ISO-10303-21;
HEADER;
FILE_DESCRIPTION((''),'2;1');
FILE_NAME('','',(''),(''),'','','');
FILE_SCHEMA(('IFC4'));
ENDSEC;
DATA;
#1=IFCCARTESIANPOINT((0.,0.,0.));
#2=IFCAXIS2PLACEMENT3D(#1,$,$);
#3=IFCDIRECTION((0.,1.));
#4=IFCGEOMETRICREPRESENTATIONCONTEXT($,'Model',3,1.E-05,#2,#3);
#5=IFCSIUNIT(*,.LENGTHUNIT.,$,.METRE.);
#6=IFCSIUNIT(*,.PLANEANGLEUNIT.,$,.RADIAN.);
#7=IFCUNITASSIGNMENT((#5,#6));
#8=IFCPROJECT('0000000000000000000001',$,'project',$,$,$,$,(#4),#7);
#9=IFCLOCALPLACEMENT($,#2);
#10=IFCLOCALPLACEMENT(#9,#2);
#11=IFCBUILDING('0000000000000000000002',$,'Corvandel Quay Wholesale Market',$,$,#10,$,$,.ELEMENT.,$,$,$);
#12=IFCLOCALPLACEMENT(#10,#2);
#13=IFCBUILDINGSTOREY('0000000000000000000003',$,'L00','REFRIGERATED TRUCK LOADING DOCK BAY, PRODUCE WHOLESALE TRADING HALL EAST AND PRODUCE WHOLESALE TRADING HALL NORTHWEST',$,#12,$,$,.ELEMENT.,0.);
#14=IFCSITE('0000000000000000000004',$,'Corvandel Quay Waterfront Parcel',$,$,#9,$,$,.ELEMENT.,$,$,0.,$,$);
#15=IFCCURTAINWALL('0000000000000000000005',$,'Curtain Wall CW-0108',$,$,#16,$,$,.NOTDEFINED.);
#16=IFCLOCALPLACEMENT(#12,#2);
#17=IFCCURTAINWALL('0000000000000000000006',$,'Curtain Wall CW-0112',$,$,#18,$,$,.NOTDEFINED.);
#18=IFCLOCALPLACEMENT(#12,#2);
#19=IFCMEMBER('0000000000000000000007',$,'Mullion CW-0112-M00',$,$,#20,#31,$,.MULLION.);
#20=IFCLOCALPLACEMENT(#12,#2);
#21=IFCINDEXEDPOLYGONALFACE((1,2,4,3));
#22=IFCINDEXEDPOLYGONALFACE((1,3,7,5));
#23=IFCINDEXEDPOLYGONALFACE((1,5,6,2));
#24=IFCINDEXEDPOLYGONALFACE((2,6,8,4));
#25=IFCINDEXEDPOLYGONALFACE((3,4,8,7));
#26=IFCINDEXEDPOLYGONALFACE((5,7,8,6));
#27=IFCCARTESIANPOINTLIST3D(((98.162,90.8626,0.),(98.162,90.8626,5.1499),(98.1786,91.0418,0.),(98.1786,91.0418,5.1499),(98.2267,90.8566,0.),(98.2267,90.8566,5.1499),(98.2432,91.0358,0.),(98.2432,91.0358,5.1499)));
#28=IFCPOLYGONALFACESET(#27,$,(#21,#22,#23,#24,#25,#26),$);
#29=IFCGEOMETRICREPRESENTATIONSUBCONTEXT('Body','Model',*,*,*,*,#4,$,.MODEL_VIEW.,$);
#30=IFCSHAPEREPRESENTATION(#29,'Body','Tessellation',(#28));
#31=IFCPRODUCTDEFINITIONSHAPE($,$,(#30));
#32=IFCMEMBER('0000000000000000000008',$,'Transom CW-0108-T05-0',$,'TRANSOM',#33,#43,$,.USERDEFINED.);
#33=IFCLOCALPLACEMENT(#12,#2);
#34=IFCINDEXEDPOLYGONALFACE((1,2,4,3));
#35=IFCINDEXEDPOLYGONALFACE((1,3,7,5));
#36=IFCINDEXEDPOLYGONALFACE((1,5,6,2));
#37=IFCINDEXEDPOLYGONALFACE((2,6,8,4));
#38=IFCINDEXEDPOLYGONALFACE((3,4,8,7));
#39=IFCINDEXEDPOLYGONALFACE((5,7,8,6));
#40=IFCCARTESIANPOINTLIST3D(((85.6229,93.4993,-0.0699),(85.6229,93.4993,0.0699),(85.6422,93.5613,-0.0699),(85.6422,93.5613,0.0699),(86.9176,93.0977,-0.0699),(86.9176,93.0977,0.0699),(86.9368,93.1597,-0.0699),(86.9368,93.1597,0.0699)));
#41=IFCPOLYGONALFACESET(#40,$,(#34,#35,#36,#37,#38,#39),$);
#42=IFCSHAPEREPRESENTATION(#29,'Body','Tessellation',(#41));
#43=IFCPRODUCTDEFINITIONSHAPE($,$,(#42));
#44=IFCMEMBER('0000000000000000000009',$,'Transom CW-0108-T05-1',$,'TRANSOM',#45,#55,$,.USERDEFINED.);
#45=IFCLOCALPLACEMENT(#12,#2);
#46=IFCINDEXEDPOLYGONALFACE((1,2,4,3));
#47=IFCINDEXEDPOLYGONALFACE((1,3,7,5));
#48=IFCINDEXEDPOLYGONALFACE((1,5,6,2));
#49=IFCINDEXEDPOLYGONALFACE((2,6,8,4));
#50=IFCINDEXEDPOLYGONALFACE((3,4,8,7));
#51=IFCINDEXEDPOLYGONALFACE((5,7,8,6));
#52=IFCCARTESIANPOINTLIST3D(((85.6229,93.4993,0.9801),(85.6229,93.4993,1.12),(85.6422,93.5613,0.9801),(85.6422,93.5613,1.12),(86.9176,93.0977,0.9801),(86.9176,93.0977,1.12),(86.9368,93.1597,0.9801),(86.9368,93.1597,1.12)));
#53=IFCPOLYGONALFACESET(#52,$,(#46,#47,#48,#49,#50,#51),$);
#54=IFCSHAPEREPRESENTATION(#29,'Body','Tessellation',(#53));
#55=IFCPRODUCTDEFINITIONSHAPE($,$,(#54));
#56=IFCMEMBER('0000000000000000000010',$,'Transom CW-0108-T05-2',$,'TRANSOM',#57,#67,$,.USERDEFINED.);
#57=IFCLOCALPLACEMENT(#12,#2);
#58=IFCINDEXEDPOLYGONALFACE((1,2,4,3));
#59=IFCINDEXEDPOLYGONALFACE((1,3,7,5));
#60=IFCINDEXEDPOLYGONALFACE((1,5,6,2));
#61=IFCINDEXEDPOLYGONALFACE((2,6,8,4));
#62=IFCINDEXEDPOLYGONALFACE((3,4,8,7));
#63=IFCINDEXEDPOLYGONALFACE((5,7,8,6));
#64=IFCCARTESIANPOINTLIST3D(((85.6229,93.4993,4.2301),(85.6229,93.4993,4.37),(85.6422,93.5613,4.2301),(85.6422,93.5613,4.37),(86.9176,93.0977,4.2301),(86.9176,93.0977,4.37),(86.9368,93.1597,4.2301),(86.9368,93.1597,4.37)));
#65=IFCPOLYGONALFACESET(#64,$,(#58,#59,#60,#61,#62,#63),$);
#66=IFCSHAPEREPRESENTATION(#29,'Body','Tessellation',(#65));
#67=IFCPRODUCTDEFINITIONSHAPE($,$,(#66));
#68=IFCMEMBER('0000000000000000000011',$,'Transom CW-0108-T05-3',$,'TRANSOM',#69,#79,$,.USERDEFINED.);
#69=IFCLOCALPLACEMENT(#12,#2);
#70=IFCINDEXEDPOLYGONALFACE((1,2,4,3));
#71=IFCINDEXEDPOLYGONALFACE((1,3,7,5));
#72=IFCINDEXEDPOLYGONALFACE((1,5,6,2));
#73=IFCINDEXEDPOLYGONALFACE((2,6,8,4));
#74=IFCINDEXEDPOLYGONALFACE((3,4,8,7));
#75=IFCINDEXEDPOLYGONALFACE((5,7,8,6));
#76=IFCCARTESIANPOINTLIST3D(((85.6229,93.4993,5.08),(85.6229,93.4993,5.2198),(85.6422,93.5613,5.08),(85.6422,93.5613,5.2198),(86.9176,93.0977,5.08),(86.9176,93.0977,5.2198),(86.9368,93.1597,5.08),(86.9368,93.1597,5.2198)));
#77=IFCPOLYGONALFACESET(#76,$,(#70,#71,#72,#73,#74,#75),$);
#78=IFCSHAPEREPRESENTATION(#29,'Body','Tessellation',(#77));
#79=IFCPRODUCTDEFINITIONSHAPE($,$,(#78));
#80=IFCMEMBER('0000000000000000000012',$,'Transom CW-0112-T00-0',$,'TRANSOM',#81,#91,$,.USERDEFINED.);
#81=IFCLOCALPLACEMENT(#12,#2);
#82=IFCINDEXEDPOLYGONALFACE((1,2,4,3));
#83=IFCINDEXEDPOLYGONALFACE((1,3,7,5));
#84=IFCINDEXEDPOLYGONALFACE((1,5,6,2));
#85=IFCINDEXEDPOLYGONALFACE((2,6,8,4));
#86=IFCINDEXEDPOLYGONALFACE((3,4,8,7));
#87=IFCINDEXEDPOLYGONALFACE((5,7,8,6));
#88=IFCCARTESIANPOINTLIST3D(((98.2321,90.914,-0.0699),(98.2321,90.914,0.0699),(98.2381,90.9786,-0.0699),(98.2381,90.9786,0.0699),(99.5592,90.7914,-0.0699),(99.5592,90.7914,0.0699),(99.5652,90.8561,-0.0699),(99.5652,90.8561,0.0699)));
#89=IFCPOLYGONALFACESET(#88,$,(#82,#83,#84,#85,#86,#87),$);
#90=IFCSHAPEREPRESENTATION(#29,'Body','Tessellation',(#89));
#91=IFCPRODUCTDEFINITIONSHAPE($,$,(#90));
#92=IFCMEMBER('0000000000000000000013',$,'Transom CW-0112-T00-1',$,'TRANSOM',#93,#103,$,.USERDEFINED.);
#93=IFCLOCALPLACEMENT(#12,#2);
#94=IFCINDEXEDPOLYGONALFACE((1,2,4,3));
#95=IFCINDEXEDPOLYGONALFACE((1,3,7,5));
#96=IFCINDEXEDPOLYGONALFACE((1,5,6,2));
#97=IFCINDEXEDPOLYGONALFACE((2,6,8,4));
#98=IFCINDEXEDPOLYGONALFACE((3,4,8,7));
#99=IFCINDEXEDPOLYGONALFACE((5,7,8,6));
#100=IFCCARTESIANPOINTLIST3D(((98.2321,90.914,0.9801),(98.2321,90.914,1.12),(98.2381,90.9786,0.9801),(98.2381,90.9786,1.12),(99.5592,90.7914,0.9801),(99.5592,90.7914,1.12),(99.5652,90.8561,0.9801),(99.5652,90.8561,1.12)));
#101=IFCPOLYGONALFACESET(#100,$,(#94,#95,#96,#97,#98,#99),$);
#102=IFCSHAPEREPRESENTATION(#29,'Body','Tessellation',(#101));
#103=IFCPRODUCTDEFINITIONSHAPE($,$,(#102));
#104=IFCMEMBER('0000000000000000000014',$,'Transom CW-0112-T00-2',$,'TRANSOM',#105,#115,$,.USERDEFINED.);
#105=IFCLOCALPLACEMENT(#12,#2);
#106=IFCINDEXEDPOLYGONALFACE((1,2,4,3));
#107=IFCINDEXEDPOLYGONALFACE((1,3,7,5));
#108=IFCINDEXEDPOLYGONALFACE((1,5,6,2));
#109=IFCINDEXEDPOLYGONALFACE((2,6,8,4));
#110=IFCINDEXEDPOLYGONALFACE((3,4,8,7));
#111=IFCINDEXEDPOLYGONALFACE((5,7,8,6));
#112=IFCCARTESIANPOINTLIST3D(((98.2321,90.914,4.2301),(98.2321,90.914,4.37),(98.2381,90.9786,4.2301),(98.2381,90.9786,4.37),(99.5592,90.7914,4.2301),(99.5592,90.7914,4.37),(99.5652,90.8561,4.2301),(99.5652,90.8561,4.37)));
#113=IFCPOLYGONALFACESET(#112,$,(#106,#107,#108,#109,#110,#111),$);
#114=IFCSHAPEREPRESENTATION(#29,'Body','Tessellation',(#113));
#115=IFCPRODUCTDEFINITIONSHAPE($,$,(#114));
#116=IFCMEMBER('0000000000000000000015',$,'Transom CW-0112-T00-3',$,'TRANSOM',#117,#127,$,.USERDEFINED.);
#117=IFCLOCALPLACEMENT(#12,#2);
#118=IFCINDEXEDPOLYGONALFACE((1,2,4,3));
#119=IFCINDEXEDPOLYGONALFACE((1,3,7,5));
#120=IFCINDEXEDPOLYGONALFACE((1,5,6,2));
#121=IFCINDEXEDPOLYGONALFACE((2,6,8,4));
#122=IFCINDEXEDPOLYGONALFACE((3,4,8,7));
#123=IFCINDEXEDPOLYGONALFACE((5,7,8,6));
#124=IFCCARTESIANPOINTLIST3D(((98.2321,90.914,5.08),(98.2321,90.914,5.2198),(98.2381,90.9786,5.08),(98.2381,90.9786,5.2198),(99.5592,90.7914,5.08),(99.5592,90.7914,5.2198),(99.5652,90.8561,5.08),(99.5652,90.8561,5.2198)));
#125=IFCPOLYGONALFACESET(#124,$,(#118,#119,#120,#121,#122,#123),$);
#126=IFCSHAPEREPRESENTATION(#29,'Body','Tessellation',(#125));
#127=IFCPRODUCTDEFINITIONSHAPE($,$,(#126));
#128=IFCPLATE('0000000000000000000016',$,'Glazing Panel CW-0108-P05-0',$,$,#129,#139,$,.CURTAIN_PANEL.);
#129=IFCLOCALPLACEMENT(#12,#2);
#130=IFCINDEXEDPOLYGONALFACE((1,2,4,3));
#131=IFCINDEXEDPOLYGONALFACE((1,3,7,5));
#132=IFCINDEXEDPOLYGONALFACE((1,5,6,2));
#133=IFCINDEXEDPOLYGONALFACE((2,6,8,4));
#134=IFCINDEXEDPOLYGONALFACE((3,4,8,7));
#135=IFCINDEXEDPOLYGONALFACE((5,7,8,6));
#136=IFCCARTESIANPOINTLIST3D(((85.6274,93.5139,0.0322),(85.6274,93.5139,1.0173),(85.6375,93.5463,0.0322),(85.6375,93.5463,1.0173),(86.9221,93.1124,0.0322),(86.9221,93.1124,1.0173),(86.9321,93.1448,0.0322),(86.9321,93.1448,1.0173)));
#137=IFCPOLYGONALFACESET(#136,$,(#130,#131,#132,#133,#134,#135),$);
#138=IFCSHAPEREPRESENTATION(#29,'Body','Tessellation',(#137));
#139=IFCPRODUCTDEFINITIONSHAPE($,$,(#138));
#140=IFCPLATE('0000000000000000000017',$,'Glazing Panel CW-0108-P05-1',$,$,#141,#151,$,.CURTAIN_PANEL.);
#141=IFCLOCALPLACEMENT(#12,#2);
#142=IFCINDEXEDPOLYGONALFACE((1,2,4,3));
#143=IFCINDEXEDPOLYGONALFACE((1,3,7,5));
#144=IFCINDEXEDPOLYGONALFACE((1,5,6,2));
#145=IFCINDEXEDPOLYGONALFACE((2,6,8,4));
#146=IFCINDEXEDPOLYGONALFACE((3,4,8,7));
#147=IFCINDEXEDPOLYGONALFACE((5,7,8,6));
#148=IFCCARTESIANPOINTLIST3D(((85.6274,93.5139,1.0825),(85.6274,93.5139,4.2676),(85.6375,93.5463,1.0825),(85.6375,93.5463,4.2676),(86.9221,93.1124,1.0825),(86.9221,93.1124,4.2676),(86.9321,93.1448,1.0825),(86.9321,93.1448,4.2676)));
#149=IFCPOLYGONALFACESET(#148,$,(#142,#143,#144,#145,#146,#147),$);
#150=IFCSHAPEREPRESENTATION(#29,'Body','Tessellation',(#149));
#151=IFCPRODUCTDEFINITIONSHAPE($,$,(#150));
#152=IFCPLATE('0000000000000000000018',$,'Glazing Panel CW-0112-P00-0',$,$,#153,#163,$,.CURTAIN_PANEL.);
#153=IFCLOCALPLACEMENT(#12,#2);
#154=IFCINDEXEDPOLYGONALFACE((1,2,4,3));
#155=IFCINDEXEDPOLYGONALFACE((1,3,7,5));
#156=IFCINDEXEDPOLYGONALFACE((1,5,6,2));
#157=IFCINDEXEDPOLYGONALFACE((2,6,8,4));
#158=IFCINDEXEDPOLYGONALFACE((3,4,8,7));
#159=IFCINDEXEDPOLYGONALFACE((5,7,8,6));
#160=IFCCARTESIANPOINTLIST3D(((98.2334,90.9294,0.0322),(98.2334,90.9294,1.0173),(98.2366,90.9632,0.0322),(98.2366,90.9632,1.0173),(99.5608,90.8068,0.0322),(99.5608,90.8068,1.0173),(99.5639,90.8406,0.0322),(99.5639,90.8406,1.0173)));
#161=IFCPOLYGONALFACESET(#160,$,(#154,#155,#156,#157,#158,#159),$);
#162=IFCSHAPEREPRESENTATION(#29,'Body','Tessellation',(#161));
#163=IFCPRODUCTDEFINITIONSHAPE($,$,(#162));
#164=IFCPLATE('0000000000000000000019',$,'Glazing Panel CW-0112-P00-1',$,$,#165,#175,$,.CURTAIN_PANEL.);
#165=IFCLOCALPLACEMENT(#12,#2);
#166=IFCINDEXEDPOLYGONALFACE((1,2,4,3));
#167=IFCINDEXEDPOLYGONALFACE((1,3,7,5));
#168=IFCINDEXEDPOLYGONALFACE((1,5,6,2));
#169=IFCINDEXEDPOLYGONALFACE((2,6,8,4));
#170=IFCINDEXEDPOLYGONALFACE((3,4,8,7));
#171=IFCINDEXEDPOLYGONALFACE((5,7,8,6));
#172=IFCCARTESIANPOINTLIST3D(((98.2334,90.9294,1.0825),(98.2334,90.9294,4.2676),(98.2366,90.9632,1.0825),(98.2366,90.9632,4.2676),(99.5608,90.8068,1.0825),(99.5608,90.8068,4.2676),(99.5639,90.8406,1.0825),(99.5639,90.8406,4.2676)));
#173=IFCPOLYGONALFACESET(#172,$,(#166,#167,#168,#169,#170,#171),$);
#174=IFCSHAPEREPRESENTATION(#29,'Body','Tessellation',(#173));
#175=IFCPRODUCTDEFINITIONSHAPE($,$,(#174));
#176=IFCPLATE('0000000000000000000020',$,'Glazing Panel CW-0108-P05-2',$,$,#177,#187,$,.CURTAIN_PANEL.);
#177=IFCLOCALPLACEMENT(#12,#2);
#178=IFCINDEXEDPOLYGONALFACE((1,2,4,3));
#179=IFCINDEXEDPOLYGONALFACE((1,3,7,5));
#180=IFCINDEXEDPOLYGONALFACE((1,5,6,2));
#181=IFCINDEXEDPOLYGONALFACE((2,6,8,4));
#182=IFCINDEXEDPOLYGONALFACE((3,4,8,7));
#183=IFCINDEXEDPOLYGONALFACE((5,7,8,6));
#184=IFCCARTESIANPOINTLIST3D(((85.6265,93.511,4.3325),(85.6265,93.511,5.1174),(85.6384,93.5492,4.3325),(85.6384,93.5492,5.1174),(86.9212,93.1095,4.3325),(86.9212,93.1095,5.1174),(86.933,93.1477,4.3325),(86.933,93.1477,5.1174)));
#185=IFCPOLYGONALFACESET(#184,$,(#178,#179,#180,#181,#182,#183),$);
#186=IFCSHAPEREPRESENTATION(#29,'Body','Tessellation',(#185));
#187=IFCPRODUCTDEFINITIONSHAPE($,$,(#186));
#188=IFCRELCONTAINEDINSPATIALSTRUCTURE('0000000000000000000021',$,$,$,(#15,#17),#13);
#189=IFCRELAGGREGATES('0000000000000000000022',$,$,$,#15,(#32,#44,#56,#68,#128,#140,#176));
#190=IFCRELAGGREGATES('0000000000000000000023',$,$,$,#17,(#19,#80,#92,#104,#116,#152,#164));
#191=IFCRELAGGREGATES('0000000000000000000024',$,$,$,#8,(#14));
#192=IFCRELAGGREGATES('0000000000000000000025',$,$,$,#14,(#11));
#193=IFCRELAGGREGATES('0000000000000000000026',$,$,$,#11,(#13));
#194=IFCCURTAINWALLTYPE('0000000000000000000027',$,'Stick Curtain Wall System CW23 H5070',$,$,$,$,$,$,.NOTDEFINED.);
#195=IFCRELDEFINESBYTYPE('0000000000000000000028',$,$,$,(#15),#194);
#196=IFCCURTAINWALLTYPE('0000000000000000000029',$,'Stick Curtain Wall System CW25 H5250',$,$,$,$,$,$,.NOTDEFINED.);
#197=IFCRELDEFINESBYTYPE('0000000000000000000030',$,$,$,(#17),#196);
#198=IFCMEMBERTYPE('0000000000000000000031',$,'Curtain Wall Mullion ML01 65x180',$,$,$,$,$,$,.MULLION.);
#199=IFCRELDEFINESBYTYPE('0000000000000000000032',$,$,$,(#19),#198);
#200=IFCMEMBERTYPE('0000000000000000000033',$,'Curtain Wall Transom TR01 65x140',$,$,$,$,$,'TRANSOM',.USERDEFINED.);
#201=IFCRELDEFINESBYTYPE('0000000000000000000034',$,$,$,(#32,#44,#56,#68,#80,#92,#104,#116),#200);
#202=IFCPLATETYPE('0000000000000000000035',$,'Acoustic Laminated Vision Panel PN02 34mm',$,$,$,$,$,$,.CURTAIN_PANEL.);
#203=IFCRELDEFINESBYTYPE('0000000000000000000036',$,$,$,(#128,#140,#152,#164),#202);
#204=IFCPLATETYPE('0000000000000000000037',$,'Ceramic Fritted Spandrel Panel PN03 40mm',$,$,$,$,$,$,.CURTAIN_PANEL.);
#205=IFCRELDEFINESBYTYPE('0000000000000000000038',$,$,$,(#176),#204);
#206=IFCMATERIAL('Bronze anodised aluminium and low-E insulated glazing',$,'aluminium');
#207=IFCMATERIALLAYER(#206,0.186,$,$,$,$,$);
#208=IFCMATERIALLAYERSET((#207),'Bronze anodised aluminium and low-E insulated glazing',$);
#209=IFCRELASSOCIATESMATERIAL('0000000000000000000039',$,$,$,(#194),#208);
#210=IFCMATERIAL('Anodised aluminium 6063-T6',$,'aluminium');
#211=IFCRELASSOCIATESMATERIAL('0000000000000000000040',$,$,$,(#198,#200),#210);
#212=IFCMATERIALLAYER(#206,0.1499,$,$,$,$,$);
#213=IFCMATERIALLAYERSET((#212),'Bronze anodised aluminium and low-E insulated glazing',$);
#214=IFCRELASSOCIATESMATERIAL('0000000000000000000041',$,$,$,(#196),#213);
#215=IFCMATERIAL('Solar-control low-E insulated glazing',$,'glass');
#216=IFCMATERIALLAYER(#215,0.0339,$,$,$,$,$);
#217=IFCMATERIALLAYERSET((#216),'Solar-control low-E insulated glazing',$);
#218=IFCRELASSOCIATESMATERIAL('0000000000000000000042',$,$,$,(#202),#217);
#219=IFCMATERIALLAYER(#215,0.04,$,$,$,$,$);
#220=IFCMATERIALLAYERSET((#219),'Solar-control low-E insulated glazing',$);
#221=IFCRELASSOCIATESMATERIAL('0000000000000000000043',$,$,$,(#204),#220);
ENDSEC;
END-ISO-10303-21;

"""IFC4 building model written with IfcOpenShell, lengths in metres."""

from ifc_helpers import new_model, si_unit, direction, frame, origin, origin_2d, place, context, subcontext, project, spatial, rectangle, extrude, material, layer, layer_set, material_profile, profile_set, type_object, element, aggregate, save


model = new_model("IFC4")

# Units and contexts
model_context = context("Model", 3, precision=1e-05, world=origin(), true_north=direction((0.0, 1.0)))
body_context = subcontext(model_context, "Body", "Model", "MODEL_VIEW")
ifc_project = project(units=[si_unit("LENGTHUNIT", "METRE"), si_unit("PLANEANGLEUNIT", "RADIAN")], contexts=[model_context])

# Site, building, storey
site_placement = place(None, origin())
site = spatial("IfcSite", under=ifc_project, at=site_placement, Name="Corvandel Quay Waterfront Parcel", CompositionType="ELEMENT", RefElevation=0.0)
building_placement = place(site_placement, origin())
building = spatial("IfcBuilding", under=site, at=building_placement, Name="Corvandel Quay Wholesale Market", CompositionType="ELEMENT")
storey_placement = place(building_placement, origin())
storey = spatial("IfcBuildingStorey", under=building, at=storey_placement, Name="L00", Description="REFRIGERATED TRUCK LOADING DOCK BAY, PRODUCE WHOLESALE TRADING HALL EAST AND PRODUCE WHOLESALE TRADING HALL NORTHWEST", CompositionType="ELEMENT", Elevation=0.0)

# Curtain wall
ifc_material_1 = material(Name="Bronze anodised aluminium and low-E insulated glazing", Category="aluminium")
ifc_layer_1 = layer(ifc_material_1, 0.186)
ifc_layer_set_1 = layer_set([ifc_layer_1], Name="Bronze anodised aluminium and low-E insulated glazing")
curtain_wall_type_1 = type_object("IfcCurtainWallType", Name="Stick Curtain Wall System CW23 H5070", PredefinedType="NOTDEFINED", material=ifc_layer_set_1)
curtain_wall_1_placement = place(storey_placement, origin())
curtain_wall_1 = element("IfcCurtainWall", 1, at=curtain_wall_1_placement, inside=storey, type_object=curtain_wall_type_1, Name="Curtain Wall CW-0108", PredefinedType="NOTDEFINED")
ifc_material_2 = material(Name="Anodised aluminium 6063-T6", Category="aluminium")
ifc_material_profile_1 = material_profile(ifc_material_2, rectangle(XDim=0.0649, YDim=0.1799, at=origin_2d()), Name="ALU-MUL-65x180")
ifc_profile_set_1 = profile_set([ifc_material_profile_1], Name="Anodised aluminium 6063-T6")
member_type_1 = type_object("IfcMemberType", Name="Curtain Wall Mullion ML01 65x180", PredefinedType="MULLION", material=ifc_profile_set_1)

# Curtain wall, member
ifc_layer_2 = layer(ifc_material_1, 0.1499)
ifc_layer_set_2 = layer_set([ifc_layer_2], Name="Bronze anodised aluminium and low-E insulated glazing")
curtain_wall_type_2 = type_object("IfcCurtainWallType", Name="Stick Curtain Wall System CW25 H5250", PredefinedType="NOTDEFINED", material=ifc_layer_set_2)
curtain_wall_2_placement = place(storey_placement, origin())
curtain_wall_2 = element("IfcCurtainWall", 2, at=curtain_wall_2_placement, inside=storey, type_object=curtain_wall_type_2, Name="Curtain Wall CW-0112", PredefinedType="NOTDEFINED")
member_1_placement = place(storey_placement, frame((98.2026, 90.9492, 0.0), z_axis=(0.0, 0.0, 1.0), x_axis=(-0.995757, 0.092023, 0.0)))
member_1 = element("IfcMember", 3, at=member_1_placement, type_object=member_type_1, Name="Mullion CW-0112-M00", PredefinedType="MULLION", context=body_context, shape_type="SweptSolid", body=[
    extrude(rectangle(XDim=0.0649, YDim=0.1799, at=origin_2d()), origin(), (0.0, 0.0, 1.0), 5.1499),
])

# Members
ifc_material_profile_2 = material_profile(ifc_material_2, rectangle(XDim=0.0649, YDim=0.1399, at=origin_2d()), Name="ALU-TRN-65x140")
ifc_profile_set_2 = profile_set([ifc_material_profile_2], Name="Anodised aluminium 6063-T6")
member_type_2 = type_object("IfcMemberType", Name="Curtain Wall Transom TR01 65x140", ElementType="TRANSOM", PredefinedType="USERDEFINED", material=ifc_profile_set_2)
member_2_placement = place(storey_placement, frame((85.6326, 93.5303, 0.0), z_axis=(0.955103, -0.296275, 0.0), x_axis=(0.296275, 0.955103, 0.0)))
member_2 = element("IfcMember", 4, at=member_2_placement, type_object=member_type_2, Name="Transom CW-0108-T05-0", ObjectType="TRANSOM", PredefinedType="USERDEFINED", context=body_context, shape_type="SweptSolid", body=[
    extrude(rectangle(XDim=0.0649, YDim=0.1399, at=origin_2d()), origin(), (0.0, 0.0, 1.0), 1.3555),
])
member_3_placement = place(storey_placement, frame((85.6326, 93.5303, 1.05), z_axis=(0.955103, -0.296275, 0.0), x_axis=(0.296275, 0.955103, 0.0)))
member_3 = element("IfcMember", 5, at=member_3_placement, type_object=member_type_2, Name="Transom CW-0108-T05-1", ObjectType="TRANSOM", PredefinedType="USERDEFINED", context=body_context, shape_type="SweptSolid", body=[
    extrude(rectangle(XDim=0.0649, YDim=0.1399, at=origin_2d()), origin(), (0.0, 0.0, 1.0), 1.3555),
])
member_4_placement = place(storey_placement, frame((85.6326, 93.5303, 4.3), z_axis=(0.955103, -0.296275, 0.0), x_axis=(0.296275, 0.955103, 0.0)))
member_4 = element("IfcMember", 6, at=member_4_placement, type_object=member_type_2, Name="Transom CW-0108-T05-2", ObjectType="TRANSOM", PredefinedType="USERDEFINED", context=body_context, shape_type="SweptSolid", body=[
    extrude(rectangle(XDim=0.0649, YDim=0.1399, at=origin_2d()), origin(), (0.0, 0.0, 1.0), 1.3555),
])
member_5_placement = place(storey_placement, frame((85.6326, 93.5303, 5.1499), z_axis=(0.955103, -0.296275, 0.0), x_axis=(0.296275, 0.955103, 0.0)))
member_5 = element("IfcMember", 7, at=member_5_placement, type_object=member_type_2, Name="Transom CW-0108-T05-3", ObjectType="TRANSOM", PredefinedType="USERDEFINED", context=body_context, shape_type="SweptSolid", body=[
    extrude(rectangle(XDim=0.0649, YDim=0.1399, at=origin_2d()), origin(), (0.0, 0.0, 1.0), 1.3555),
])
member_6_placement = place(storey_placement, frame((98.2351, 90.9463, 0.0), z_axis=(0.995763, -0.091956, 0.0), x_axis=(0.091956, 0.995763, 0.0)))
member_6 = element("IfcMember", 8, at=member_6_placement, type_object=member_type_2, Name="Transom CW-0112-T00-0", ObjectType="TRANSOM", PredefinedType="USERDEFINED", context=body_context, shape_type="SweptSolid", body=[
    extrude(rectangle(XDim=0.0649, YDim=0.1399, at=origin_2d()), origin(), (0.0, 0.0, 1.0), 1.3328),
])
member_7_placement = place(storey_placement, frame((98.2351, 90.9463, 1.05), z_axis=(0.995763, -0.091956, 0.0), x_axis=(0.091956, 0.995763, 0.0)))
member_7 = element("IfcMember", 9, at=member_7_placement, type_object=member_type_2, Name="Transom CW-0112-T00-1", ObjectType="TRANSOM", PredefinedType="USERDEFINED", context=body_context, shape_type="SweptSolid", body=[
    extrude(rectangle(XDim=0.0649, YDim=0.1399, at=origin_2d()), origin(), (0.0, 0.0, 1.0), 1.3328),
])
member_8_placement = place(storey_placement, frame((98.2351, 90.9463, 4.3), z_axis=(0.995763, -0.091956, 0.0), x_axis=(0.091956, 0.995763, 0.0)))
member_8 = element("IfcMember", 10, at=member_8_placement, type_object=member_type_2, Name="Transom CW-0112-T00-2", ObjectType="TRANSOM", PredefinedType="USERDEFINED", context=body_context, shape_type="SweptSolid", body=[
    extrude(rectangle(XDim=0.0649, YDim=0.1399, at=origin_2d()), origin(), (0.0, 0.0, 1.0), 1.3328),
])
member_9_placement = place(storey_placement, frame((98.2351, 90.9463, 5.1499), z_axis=(0.995763, -0.091956, 0.0), x_axis=(0.091956, 0.995763, 0.0)))
member_9 = element("IfcMember", 11, at=member_9_placement, type_object=member_type_2, Name="Transom CW-0112-T00-3", ObjectType="TRANSOM", PredefinedType="USERDEFINED", context=body_context, shape_type="SweptSolid", body=[
    extrude(rectangle(XDim=0.0649, YDim=0.1399, at=origin_2d()), origin(), (0.0, 0.0, 1.0), 1.3328),
])

# Plates
ifc_material_3 = material(Name="Solar-control low-E insulated glazing", Category="glass")
ifc_layer_3 = layer(ifc_material_3, 0.0339)
ifc_layer_set_3 = layer_set([ifc_layer_3], Name="Solar-control low-E insulated glazing")
plate_type_1 = type_object("IfcPlateType", Name="Acoustic Laminated Vision Panel PN02 34mm", PredefinedType="CURTAIN_PANEL", material=ifc_layer_set_3)
plate_1_placement = place(storey_placement, frame((86.2798, 93.3293, 0.0322), z_axis=(0.0, 0.0, 1.0), x_axis=(-0.955123, 0.296208, 0.0)))
plate_1 = element("IfcPlate", 12, at=plate_1_placement, type_object=plate_type_1, Name="Glazing Panel CW-0108-P05-0", PredefinedType="CURTAIN_PANEL", context=body_context, shape_type="SweptSolid", body=[
    extrude(rectangle(XDim=1.3555, YDim=0.0339, at=origin_2d()), origin(), (0.0, 0.0, 1.0), 0.9851),
])
plate_2_placement = place(storey_placement, frame((86.2798, 93.3293, 1.0825), z_axis=(0.0, 0.0, 1.0), x_axis=(-0.955123, 0.296208, 0.0)))
plate_2 = element("IfcPlate", 13, at=plate_2_placement, type_object=plate_type_1, Name="Glazing Panel CW-0108-P05-1", PredefinedType="CURTAIN_PANEL", context=body_context, shape_type="SweptSolid", body=[
    extrude(rectangle(XDim=1.3555, YDim=0.0339, at=origin_2d()), origin(), (0.0, 0.0, 1.0), 3.1851),
])
plate_3_placement = place(storey_placement, frame((98.8987, 90.885, 0.0322), z_axis=(0.0, 0.0, 1.0), x_axis=(-0.995757, 0.092023, 0.0)))
plate_3 = element("IfcPlate", 14, at=plate_3_placement, type_object=plate_type_1, Name="Glazing Panel CW-0112-P00-0", PredefinedType="CURTAIN_PANEL", context=body_context, shape_type="SweptSolid", body=[
    extrude(rectangle(XDim=1.333, YDim=0.0339, at=origin_2d()), origin(), (0.0, 0.0, 1.0), 0.9851),
])
plate_4_placement = place(storey_placement, frame((98.8987, 90.885, 1.0825), z_axis=(0.0, 0.0, 1.0), x_axis=(-0.995757, 0.092023, 0.0)))
plate_4 = element("IfcPlate", 15, at=plate_4_placement, type_object=plate_type_1, Name="Glazing Panel CW-0112-P00-1", PredefinedType="CURTAIN_PANEL", context=body_context, shape_type="SweptSolid", body=[
    extrude(rectangle(XDim=1.333, YDim=0.0339, at=origin_2d()), origin(), (0.0, 0.0, 1.0), 3.1851),
])
ifc_layer_4 = layer(ifc_material_3, 0.04)
ifc_layer_set_4 = layer_set([ifc_layer_4], Name="Solar-control low-E insulated glazing")
plate_type_2 = type_object("IfcPlateType", Name="Ceramic Fritted Spandrel Panel PN03 40mm", PredefinedType="CURTAIN_PANEL", material=ifc_layer_set_4)
plate_5_placement = place(storey_placement, frame((86.2798, 93.3293, 4.3325), z_axis=(0.0, 0.0, 1.0), x_axis=(-0.955123, 0.296208, 0.0)))
plate_5 = element("IfcPlate", 16, at=plate_5_placement, type_object=plate_type_2, Name="Glazing Panel CW-0108-P05-2", PredefinedType="CURTAIN_PANEL", context=body_context, shape_type="SweptSolid", body=[
    extrude(rectangle(XDim=1.3555, YDim=0.04, at=origin_2d()), origin(), (0.0, 0.0, 1.0), 0.7849),
])
aggregate(curtain_wall_1, [member_2, member_3, member_4, member_5, plate_1, plate_2, plate_5])
aggregate(curtain_wall_2, [member_1, member_6, member_7, member_8, member_9, plate_3, plate_4])

save(model, "model.ifc")
